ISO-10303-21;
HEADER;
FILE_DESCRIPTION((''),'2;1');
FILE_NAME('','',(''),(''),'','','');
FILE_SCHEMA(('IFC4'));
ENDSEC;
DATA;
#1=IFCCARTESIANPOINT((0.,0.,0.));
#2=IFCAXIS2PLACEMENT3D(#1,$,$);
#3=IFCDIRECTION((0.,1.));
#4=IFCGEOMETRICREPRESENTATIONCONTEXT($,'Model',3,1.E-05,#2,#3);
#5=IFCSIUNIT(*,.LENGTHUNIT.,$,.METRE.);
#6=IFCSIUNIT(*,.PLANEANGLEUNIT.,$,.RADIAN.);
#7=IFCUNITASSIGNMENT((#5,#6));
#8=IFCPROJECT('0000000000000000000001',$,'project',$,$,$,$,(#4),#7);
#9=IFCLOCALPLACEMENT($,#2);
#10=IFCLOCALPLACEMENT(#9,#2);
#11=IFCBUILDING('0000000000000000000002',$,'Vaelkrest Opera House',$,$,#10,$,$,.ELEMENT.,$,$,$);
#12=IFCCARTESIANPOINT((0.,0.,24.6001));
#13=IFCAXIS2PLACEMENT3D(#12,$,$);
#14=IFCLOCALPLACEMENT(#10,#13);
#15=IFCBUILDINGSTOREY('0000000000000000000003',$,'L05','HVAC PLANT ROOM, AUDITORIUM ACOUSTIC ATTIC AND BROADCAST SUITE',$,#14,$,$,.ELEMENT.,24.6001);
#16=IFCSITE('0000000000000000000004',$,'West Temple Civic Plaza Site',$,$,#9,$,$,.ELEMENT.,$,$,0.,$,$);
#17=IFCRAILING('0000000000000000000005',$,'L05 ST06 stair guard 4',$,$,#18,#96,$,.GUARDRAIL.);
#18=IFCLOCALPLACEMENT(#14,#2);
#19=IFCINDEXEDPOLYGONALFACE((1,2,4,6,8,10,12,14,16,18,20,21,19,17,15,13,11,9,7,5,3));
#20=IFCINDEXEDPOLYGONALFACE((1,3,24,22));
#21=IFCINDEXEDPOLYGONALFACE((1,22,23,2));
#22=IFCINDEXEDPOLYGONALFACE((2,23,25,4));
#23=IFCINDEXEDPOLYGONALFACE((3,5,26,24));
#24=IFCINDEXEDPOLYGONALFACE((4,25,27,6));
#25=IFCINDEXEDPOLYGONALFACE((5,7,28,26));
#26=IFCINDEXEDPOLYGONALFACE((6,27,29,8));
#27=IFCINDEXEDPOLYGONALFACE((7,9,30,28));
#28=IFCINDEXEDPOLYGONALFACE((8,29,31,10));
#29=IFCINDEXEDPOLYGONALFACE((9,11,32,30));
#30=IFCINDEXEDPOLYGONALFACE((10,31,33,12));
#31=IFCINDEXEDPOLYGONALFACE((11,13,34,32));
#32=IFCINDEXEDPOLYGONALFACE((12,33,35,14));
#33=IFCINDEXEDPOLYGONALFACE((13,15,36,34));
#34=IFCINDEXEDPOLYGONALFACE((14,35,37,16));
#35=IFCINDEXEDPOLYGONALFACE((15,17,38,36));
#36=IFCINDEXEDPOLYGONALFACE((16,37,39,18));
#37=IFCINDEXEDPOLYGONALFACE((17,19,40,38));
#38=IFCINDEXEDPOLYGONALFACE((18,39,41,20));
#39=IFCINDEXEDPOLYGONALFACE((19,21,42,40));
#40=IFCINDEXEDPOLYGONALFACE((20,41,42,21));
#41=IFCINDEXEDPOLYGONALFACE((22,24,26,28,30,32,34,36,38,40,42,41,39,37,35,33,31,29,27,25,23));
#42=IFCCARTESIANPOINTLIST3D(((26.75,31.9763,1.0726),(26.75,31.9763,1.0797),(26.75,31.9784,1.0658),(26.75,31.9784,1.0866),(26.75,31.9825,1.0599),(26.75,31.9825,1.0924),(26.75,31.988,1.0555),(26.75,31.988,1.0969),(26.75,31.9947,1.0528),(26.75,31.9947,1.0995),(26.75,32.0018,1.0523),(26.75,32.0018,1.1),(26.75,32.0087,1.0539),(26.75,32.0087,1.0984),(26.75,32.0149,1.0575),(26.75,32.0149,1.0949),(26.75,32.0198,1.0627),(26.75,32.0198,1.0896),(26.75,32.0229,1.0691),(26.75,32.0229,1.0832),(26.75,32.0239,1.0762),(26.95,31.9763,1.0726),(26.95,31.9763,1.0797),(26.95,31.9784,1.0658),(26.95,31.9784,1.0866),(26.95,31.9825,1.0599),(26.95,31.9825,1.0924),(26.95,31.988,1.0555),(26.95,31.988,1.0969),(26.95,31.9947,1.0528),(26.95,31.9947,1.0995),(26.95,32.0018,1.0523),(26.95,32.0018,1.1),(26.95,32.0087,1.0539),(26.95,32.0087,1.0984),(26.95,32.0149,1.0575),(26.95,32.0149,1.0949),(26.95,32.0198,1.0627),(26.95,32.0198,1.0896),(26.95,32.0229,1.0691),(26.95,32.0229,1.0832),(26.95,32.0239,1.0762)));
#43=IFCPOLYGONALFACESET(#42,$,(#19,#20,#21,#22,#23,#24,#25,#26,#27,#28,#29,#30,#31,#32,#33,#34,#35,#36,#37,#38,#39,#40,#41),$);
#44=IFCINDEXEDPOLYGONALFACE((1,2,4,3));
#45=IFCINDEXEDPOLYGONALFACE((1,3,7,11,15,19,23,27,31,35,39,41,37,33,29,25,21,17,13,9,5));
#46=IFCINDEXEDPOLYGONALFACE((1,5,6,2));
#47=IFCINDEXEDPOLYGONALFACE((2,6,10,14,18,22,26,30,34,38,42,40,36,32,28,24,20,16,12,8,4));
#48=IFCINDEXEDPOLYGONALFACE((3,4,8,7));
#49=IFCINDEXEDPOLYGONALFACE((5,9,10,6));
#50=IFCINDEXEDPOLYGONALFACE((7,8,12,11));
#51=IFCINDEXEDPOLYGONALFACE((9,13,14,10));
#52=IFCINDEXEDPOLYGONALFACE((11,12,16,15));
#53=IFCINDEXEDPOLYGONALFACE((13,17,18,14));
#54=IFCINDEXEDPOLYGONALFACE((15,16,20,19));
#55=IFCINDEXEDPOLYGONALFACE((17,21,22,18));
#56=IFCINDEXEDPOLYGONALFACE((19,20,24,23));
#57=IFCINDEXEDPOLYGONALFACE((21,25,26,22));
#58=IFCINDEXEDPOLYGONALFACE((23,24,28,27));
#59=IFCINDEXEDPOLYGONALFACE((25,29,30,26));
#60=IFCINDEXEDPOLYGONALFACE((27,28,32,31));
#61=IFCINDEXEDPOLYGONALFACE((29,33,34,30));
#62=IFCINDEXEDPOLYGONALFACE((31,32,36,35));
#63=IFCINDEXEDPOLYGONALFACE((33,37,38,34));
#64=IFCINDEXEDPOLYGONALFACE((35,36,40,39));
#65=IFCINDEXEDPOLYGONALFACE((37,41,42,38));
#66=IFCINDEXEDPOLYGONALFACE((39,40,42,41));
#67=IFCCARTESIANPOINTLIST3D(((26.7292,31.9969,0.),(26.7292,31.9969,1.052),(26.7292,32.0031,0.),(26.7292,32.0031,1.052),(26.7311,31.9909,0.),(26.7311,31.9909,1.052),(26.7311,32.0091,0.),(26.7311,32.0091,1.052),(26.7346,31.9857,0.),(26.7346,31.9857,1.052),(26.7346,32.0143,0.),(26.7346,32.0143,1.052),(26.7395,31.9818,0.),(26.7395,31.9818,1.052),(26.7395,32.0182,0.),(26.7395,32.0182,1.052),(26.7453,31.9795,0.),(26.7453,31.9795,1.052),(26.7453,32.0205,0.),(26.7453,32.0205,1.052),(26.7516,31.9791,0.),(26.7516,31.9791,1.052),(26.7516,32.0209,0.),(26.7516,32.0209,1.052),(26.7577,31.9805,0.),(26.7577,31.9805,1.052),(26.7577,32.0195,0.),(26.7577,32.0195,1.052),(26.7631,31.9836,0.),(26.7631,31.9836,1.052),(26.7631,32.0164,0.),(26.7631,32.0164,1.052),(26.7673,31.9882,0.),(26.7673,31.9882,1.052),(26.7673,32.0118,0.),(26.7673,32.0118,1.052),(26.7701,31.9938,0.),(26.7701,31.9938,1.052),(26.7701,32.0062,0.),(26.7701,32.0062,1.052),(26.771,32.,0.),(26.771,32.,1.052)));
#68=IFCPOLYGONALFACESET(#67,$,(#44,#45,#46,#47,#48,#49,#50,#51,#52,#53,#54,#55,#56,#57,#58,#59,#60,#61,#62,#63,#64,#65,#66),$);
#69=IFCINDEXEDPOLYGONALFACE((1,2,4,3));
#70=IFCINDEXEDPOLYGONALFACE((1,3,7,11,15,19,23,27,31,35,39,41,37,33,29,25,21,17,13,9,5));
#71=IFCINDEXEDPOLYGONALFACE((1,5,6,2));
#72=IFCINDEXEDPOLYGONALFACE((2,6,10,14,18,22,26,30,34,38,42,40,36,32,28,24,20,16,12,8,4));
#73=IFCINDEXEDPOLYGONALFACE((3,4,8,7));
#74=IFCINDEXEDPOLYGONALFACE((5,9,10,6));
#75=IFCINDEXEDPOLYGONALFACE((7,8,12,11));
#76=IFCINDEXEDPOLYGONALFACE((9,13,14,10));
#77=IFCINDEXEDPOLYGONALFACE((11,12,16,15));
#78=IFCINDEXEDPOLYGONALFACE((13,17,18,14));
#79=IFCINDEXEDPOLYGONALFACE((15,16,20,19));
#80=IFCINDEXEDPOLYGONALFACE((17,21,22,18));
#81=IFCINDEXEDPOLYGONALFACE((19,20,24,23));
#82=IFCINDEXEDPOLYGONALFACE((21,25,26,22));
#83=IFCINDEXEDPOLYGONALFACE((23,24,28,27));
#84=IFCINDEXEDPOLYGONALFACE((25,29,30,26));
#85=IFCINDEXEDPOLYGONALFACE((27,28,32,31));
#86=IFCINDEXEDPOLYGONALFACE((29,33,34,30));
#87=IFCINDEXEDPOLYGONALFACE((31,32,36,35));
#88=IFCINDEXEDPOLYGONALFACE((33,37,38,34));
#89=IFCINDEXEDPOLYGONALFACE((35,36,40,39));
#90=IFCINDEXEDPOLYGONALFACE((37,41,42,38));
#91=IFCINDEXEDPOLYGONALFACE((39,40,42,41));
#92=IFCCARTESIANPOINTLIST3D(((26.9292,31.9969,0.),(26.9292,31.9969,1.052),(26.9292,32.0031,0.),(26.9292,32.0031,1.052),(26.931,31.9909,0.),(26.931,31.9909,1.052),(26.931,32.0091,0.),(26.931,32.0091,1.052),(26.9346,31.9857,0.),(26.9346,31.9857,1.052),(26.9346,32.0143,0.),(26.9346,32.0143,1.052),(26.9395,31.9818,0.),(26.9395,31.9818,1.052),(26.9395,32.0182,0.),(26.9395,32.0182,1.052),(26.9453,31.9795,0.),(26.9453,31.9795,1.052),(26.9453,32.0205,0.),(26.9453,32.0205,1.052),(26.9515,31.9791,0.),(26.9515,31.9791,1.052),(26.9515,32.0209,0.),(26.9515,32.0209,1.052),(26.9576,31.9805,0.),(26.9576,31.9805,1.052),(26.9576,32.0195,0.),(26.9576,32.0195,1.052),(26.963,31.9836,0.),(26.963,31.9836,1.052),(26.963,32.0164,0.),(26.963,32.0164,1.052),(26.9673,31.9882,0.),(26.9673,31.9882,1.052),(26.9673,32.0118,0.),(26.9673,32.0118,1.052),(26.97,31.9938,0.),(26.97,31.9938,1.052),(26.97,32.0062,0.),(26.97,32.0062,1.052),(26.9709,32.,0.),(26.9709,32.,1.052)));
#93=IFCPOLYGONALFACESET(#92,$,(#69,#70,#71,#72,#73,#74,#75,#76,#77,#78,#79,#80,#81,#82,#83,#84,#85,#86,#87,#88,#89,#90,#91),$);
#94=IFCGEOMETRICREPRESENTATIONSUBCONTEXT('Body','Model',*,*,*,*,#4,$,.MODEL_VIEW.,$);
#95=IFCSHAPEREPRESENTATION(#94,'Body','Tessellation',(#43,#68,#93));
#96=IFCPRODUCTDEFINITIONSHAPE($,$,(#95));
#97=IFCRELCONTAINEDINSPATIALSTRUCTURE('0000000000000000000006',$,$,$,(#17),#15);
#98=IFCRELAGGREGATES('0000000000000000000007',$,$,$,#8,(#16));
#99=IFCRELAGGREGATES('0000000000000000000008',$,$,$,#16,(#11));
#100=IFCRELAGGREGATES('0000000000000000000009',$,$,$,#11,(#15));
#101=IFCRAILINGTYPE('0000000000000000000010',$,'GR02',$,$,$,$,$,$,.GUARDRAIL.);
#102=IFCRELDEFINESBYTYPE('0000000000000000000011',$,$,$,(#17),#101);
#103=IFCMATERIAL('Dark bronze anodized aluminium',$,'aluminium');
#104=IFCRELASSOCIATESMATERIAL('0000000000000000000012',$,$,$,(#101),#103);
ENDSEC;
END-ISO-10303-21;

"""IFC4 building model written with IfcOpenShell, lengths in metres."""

from ifc_helpers import new_model, si_unit, direction, frame, origin, origin_2d, place, context, subcontext, project, spatial, circle, extrude, material, type_object, element, save


model = new_model("IFC4")

# Units and contexts
model_context = context("Model", 3, precision=1e-05, world=origin(), true_north=direction((0.0, 1.0)))
body_context = subcontext(model_context, "Body", "Model", "MODEL_VIEW")
ifc_project = project(units=[si_unit("LENGTHUNIT", "METRE"), si_unit("PLANEANGLEUNIT", "RADIAN")], contexts=[model_context])

# Site, building, storey
site_placement = place(None, origin())
site = spatial("IfcSite", under=ifc_project, at=site_placement, Name="West Temple Civic Plaza Site", CompositionType="ELEMENT", RefElevation=0.0)
building_placement = place(site_placement, origin())
building = spatial("IfcBuilding", under=site, at=building_placement, Name="Vaelkrest Opera House", CompositionType="ELEMENT")
storey_placement = place(building_placement, frame((0.0, 0.0, 24.6001)))
storey = spatial("IfcBuildingStorey", under=building, at=storey_placement, Name="L05", Description="HVAC PLANT ROOM, AUDITORIUM ACOUSTIC ATTIC AND BROADCAST SUITE", CompositionType="ELEMENT", Elevation=24.6001)

# Railing
ifc_material_1 = material(Name="Dark bronze anodized aluminium", Category="aluminium")
railing_type_1 = type_object("IfcRailingType", Name="GR02", PredefinedType="GUARDRAIL", material=ifc_material_1)
railing_1_placement = place(storey_placement, frame((26.75, 32.0, 0.0)))
element("IfcRailing", 1, at=railing_1_placement, inside=storey, type_object=railing_type_1, Name="L05 ST06 stair guard 4", PredefinedType="GUARDRAIL", context=body_context, shape_type="SweptSolid", body=[
    extrude(circle(Radius=0.0239, at=origin_2d()), frame((0.0, 0.0, 1.0762), z_axis=(1.0, 0.0, 0.0), x_axis=(0.0, 1.0, 0.0)), (0.0, 0.0, 1.0), 0.2),
    extrude(circle(Radius=0.021, at=origin_2d()), origin(), (0.0, 0.0, 1.0), 1.052),
    extrude(circle(Radius=0.021, at=origin_2d()), frame((0.2, 0.0, 0.0)), (0.0, 0.0, 1.0), 1.052),
])

save(model, "model.ifc")
